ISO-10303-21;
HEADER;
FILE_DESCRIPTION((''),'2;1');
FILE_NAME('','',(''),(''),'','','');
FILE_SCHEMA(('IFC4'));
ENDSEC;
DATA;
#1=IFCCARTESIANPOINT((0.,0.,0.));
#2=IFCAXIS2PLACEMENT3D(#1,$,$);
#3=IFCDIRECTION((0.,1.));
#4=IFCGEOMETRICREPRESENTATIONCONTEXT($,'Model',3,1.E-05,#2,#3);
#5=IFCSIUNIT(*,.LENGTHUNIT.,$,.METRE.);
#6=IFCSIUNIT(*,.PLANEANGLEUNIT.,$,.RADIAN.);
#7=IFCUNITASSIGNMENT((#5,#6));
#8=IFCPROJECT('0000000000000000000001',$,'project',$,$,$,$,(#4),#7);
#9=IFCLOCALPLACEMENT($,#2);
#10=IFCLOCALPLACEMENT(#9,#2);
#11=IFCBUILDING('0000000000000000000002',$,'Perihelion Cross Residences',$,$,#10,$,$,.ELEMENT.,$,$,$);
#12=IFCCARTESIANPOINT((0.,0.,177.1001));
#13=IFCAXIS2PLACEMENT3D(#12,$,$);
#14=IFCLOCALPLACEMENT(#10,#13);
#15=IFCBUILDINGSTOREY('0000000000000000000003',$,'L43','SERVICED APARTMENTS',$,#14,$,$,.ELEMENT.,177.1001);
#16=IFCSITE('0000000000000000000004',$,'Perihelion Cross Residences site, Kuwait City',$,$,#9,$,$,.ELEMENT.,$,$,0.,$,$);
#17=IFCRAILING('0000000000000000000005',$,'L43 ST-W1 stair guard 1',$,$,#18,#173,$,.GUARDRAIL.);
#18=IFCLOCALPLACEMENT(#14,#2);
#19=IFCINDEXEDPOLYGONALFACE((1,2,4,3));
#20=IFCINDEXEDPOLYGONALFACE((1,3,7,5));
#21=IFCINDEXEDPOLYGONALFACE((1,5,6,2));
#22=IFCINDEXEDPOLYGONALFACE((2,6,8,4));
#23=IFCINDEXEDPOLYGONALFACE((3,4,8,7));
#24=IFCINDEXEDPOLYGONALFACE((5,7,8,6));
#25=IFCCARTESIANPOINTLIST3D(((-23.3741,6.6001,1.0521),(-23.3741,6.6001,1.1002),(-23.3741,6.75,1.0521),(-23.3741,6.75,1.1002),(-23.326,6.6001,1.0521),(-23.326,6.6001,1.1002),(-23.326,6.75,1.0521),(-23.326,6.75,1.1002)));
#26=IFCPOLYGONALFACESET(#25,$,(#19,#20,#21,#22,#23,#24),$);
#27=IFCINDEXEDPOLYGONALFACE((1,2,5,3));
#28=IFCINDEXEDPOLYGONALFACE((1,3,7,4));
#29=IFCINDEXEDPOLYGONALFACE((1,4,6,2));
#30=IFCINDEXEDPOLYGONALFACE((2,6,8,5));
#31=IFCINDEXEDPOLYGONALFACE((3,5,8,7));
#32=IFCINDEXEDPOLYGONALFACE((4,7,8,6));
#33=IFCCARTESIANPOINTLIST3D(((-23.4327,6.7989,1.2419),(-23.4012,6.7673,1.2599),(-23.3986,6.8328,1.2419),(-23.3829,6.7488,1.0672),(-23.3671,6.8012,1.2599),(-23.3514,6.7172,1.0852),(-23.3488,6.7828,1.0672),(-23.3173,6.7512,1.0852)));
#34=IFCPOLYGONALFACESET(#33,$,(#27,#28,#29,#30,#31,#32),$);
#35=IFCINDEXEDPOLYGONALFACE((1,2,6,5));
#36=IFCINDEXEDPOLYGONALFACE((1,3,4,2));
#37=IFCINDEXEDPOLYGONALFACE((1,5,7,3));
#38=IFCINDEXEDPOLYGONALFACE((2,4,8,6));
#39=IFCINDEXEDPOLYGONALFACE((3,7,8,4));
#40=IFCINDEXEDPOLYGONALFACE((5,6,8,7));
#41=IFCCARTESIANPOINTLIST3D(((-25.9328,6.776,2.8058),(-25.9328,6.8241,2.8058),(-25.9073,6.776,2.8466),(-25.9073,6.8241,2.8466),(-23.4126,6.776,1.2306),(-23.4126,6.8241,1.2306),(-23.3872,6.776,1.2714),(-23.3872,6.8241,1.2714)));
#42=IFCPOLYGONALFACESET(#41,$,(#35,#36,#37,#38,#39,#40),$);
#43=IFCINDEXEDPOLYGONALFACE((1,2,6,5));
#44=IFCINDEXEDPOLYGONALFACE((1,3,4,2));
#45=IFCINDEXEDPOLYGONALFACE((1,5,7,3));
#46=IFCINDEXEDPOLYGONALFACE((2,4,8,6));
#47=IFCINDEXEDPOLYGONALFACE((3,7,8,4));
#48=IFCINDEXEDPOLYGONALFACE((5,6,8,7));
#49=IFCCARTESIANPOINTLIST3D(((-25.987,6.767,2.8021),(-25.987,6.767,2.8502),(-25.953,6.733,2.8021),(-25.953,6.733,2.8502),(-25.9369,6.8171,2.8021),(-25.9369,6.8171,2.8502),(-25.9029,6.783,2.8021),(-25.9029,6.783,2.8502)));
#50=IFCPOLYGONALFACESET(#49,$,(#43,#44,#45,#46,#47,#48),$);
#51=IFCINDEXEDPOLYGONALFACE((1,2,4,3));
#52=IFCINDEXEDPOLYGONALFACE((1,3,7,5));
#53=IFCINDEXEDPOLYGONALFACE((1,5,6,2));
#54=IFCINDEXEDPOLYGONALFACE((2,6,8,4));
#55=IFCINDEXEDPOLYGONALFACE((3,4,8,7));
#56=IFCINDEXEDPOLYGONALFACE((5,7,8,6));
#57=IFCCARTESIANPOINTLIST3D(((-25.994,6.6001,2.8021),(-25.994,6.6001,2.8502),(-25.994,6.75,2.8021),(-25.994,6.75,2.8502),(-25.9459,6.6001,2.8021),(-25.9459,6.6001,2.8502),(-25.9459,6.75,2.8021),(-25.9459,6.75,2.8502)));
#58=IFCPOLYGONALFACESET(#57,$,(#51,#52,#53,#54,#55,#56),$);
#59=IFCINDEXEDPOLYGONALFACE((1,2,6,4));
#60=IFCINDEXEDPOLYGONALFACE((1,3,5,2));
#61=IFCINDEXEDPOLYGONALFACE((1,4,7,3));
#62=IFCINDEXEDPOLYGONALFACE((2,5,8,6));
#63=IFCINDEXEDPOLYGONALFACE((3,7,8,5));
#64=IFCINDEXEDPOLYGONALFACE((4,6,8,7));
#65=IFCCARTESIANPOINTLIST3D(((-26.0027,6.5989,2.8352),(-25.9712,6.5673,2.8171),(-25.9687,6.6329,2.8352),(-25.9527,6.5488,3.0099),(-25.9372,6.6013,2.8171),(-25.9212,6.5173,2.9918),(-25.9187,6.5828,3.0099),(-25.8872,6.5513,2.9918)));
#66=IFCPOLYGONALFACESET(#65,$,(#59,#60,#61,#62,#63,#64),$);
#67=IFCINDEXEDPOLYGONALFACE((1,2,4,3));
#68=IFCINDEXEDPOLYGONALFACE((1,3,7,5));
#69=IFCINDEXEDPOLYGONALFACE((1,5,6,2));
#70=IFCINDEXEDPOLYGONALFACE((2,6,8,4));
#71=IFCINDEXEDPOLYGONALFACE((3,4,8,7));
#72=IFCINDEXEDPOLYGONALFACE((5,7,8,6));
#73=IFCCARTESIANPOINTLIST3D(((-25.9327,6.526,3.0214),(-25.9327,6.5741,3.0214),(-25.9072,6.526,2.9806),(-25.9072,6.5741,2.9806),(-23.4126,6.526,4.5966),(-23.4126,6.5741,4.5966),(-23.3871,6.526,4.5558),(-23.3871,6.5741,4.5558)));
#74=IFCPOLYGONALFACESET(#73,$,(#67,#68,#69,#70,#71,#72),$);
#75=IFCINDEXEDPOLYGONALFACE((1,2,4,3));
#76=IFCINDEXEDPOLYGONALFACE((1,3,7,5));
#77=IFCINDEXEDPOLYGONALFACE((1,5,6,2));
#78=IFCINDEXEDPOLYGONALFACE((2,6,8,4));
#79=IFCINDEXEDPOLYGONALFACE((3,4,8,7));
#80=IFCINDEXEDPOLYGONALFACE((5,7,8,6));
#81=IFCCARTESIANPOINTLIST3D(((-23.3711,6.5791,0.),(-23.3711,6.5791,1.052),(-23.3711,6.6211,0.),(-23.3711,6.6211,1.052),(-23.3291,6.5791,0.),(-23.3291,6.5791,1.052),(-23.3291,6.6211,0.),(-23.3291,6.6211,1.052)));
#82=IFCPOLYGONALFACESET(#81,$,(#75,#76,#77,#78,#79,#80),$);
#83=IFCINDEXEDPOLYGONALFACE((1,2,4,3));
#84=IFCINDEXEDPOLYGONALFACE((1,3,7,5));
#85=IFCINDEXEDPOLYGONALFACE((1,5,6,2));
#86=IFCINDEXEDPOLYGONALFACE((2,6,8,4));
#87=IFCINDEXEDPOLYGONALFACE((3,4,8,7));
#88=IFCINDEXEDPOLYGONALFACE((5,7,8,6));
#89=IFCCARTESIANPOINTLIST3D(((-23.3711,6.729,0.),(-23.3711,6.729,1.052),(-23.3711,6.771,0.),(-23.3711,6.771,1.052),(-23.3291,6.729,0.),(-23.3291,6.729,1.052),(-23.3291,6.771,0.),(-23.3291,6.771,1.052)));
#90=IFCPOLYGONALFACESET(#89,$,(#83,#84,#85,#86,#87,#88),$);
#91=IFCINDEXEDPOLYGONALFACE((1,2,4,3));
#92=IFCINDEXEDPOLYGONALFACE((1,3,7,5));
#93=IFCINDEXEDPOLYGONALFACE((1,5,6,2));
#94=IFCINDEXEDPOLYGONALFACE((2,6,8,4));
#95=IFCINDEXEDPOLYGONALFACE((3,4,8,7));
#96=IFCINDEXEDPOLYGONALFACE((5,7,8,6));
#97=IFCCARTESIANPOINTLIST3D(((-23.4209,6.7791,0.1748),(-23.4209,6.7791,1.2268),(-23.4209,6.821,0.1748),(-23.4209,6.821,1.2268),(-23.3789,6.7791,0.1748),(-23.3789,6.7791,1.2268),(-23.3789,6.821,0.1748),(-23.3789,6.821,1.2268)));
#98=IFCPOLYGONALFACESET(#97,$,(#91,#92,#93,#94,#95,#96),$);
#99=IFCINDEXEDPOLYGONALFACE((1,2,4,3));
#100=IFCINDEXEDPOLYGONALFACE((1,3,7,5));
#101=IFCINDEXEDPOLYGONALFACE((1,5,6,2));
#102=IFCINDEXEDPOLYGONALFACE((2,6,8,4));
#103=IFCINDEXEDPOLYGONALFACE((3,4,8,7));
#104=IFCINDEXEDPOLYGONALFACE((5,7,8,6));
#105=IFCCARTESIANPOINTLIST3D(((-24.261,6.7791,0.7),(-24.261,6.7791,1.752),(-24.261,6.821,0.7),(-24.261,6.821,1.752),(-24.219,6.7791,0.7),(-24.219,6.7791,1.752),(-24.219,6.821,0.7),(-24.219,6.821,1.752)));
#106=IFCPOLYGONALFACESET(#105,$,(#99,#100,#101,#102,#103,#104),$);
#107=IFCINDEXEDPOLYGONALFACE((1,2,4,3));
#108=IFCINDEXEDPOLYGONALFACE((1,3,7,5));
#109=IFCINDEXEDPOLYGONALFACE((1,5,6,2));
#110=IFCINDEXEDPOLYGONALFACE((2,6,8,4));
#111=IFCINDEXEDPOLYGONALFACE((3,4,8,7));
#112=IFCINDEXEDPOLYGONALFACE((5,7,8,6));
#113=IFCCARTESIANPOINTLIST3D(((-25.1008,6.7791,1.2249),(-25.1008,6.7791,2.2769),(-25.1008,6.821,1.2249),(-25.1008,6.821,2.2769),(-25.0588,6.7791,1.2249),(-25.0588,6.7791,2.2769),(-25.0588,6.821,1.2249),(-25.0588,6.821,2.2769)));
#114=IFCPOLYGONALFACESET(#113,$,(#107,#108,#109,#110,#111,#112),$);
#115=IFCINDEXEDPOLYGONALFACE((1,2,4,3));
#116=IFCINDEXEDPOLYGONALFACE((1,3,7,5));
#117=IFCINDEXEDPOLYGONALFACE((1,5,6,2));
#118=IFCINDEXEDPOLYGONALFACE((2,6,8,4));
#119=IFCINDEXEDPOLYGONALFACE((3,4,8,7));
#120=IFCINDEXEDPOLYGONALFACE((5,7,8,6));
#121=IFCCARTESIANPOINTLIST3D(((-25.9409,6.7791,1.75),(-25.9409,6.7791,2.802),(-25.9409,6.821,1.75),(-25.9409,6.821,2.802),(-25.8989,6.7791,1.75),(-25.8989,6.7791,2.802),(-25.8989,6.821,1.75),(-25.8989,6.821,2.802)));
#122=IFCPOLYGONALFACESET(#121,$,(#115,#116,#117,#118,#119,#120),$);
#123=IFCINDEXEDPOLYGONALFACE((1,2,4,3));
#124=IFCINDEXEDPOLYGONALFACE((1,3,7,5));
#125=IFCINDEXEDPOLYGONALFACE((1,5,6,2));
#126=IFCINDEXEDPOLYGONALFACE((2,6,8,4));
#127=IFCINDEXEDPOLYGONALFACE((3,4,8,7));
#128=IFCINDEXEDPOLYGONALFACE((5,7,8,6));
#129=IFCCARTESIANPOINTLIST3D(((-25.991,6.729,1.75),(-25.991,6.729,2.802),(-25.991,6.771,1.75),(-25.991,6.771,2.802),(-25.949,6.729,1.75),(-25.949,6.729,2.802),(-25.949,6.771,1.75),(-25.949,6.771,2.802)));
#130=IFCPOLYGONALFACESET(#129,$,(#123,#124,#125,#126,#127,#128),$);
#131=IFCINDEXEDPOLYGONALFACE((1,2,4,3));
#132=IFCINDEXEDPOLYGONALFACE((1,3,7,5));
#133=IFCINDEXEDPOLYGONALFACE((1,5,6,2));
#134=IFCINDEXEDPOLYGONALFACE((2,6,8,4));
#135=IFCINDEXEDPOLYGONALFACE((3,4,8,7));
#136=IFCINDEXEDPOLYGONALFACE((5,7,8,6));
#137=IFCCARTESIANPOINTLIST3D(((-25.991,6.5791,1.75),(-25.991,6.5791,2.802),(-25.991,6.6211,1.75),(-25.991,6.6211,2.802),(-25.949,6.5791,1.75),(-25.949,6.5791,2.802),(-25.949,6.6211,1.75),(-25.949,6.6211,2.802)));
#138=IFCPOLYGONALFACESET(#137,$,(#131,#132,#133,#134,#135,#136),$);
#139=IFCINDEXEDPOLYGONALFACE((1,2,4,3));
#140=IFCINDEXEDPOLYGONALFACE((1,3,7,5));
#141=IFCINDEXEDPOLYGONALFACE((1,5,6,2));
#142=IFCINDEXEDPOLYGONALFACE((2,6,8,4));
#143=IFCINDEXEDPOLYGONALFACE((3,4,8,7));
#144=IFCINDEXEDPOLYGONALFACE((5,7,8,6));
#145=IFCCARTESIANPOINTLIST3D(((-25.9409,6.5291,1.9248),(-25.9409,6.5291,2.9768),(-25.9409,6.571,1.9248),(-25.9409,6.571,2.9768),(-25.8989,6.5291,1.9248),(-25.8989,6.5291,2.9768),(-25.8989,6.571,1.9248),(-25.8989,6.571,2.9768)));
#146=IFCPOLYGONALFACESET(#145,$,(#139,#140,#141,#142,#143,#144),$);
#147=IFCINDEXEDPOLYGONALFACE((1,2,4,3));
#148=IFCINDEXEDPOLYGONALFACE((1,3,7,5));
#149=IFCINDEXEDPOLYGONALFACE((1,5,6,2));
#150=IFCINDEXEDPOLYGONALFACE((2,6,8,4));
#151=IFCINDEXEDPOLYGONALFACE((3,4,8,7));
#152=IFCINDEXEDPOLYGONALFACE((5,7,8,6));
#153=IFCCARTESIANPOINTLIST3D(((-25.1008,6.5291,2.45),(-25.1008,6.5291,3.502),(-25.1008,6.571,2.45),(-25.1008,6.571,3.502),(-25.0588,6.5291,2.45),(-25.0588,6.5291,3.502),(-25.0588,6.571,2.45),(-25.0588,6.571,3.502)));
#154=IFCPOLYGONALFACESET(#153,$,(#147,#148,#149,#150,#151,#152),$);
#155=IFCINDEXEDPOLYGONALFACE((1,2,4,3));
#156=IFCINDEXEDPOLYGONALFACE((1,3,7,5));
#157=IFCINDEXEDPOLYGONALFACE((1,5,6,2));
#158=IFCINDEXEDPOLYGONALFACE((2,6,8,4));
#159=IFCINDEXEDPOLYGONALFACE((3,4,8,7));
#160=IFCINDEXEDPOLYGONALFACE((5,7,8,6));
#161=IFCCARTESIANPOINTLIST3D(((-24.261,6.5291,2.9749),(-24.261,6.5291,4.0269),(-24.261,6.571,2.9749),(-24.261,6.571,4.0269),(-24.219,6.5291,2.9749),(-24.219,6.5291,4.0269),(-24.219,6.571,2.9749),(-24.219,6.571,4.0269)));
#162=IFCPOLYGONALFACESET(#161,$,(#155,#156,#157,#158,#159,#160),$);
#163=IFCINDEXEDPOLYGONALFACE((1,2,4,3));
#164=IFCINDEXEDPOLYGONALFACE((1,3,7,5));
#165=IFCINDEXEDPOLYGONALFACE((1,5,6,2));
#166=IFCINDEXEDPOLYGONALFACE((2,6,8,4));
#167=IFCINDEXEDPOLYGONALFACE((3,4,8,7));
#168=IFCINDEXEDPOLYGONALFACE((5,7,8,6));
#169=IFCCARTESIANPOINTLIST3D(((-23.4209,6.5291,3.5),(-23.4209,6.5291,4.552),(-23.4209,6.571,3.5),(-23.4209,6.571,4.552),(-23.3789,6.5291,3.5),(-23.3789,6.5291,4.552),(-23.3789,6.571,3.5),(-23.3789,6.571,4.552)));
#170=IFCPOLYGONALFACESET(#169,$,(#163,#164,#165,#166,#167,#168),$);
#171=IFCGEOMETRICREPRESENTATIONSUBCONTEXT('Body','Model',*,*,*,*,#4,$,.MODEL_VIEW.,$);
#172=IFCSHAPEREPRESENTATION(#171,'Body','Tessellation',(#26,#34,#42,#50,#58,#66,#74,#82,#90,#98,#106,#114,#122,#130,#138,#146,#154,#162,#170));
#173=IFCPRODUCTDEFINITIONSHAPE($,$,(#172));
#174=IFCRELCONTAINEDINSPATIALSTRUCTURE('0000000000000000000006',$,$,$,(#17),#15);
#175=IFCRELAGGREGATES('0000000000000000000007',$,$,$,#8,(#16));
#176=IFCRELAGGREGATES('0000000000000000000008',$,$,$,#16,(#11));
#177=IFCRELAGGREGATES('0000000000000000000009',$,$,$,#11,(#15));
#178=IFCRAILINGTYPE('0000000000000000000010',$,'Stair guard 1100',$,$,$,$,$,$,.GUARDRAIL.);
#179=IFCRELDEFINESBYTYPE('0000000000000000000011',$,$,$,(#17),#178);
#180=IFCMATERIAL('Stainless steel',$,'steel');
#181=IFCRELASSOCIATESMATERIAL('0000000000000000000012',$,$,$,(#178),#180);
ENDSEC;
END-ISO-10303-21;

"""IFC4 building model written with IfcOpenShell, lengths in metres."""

from ifc_helpers import new_model, si_unit, direction, frame, origin, origin_2d, place, context, subcontext, project, spatial, rectangle, extrude, material, type_object, element, save


model = new_model("IFC4")

# Units and contexts
model_context = context("Model", 3, precision=1e-05, world=origin(), true_north=direction((0.0, 1.0)))
body_context = subcontext(model_context, "Body", "Model", "MODEL_VIEW")
ifc_project = project(units=[si_unit("LENGTHUNIT", "METRE"), si_unit("PLANEANGLEUNIT", "RADIAN")], contexts=[model_context])

# Site, building, storey
site_placement = place(None, origin())
site = spatial("IfcSite", under=ifc_project, at=site_placement, Name="Perihelion Cross Residences site, Kuwait City", CompositionType="ELEMENT", RefElevation=0.0)
building_placement = place(site_placement, origin())
building = spatial("IfcBuilding", under=site, at=building_placement, Name="Perihelion Cross Residences", CompositionType="ELEMENT")
storey_placement = place(building_placement, frame((0.0, 0.0, 177.1001)))
storey = spatial("IfcBuildingStorey", under=building, at=storey_placement, Name="L43", Description="SERVICED APARTMENTS", CompositionType="ELEMENT", Elevation=177.1001)

# Railing
ifc_material_1 = material(Name="Stainless steel", Category="steel")
railing_type_1 = type_object("IfcRailingType", Name="Stair guard 1100", PredefinedType="GUARDRAIL", material=ifc_material_1)
railing_1_placement = place(storey_placement, frame((-23.3501, 6.6001, 0.0)))
element("IfcRailing", 1, at=railing_1_placement, inside=storey, type_object=railing_type_1, Name="L43 ST-W1 stair guard 1", PredefinedType="GUARDRAIL", context=body_context, shape_type="SweptSolid", body=[
    extrude(rectangle(XDim=0.0481, YDim=0.0481, at=origin_2d()), frame((0.0, 0.0, 1.0762), z_axis=(0.0, 1.0, 0.0), x_axis=(-1.0, 0.0, 0.0)), (0.0, 0.0, 1.0), 0.1499),
    extrude(rectangle(XDim=0.0481, YDim=0.0481, at=origin_2d()), frame((0.0, 0.1499, 1.0762), z_axis=(-0.264179, 0.265474, 0.927218), x_axis=(-0.708834, -0.705376, 0.0)), (0.0, 0.0, 1.0), 0.1885),
    extrude(rectangle(XDim=0.0481, YDim=0.0481, at=origin_2d()), frame((-0.0498, 0.2, 1.251), z_axis=(-0.847971, 0.0, 0.530043), x_axis=(0.0, -1.0, 0.0)), (0.0, 0.0, 1.0), 2.9719),
    extrude(rectangle(XDim=0.0481, YDim=0.0481, at=origin_2d()), frame((-2.5698, 0.2, 2.8262), z_axis=(-0.707107, -0.707107, 0.0), x_axis=(0.707107, -0.707107, 0.0)), (0.0, 0.0, 1.0), 0.0708),
    extrude(rectangle(XDim=0.0481, YDim=0.0481, at=origin_2d()), frame((-2.6199, 0.1499, 2.8262), z_axis=(0.0, -1.0, 0.0), x_axis=(1.0, 0.0, 0.0)), (0.0, 0.0, 1.0), 0.1499),
    extrude(rectangle(XDim=0.0481, YDim=0.0481, at=origin_2d()), frame((-2.6199, 0.0, 2.8262), z_axis=(0.265383, -0.265383, 0.9269), x_axis=(0.707107, 0.707107, 0.0)), (0.0, 0.0, 1.0), 0.1885),
    extrude(rectangle(XDim=0.0481, YDim=0.0481, at=origin_2d()), frame((-2.5698, -0.05, 3.001), z_axis=(0.847971, 0.0, 0.530043), x_axis=(0.0, 1.0, 0.0)), (0.0, 0.0, 1.0), 2.9719),
    extrude(rectangle(XDim=0.042, YDim=0.042, at=origin_2d()), origin(), (0.0, 0.0, 1.0), 1.052),
    extrude(rectangle(XDim=0.042, YDim=0.042, at=origin_2d()), frame((0.0, 0.1499, 0.0)), (0.0, 0.0, 1.0), 1.052),
    extrude(rectangle(XDim=0.042, YDim=0.042, at=origin_2d()), frame((-0.0498, 0.2, 0.1748)), (0.0, 0.0, 1.0), 1.052),
    extrude(rectangle(XDim=0.042, YDim=0.042, at=origin_2d()), frame((-0.8899, 0.2, 0.7)), (0.0, 0.0, 1.0), 1.052),
    extrude(rectangle(XDim=0.042, YDim=0.042, at=origin_2d()), frame((-1.7297, 0.2, 1.2249)), (0.0, 0.0, 1.0), 1.052),
    extrude(rectangle(XDim=0.042, YDim=0.042, at=origin_2d()), frame((-2.5698, 0.2, 1.75)), (0.0, 0.0, 1.0), 1.052),
    extrude(rectangle(XDim=0.042, YDim=0.042, at=origin_2d()), frame((-2.6199, 0.1499, 1.75)), (0.0, 0.0, 1.0), 1.052),
    extrude(rectangle(XDim=0.042, YDim=0.042, at=origin_2d()), frame((-2.6199, 0.0, 1.75)), (0.0, 0.0, 1.0), 1.052),
    extrude(rectangle(XDim=0.042, YDim=0.042, at=origin_2d()), frame((-2.5698, -0.05, 1.9248)), (0.0, 0.0, 1.0), 1.052),
    extrude(rectangle(XDim=0.042, YDim=0.042, at=origin_2d()), frame((-1.7297, -0.05, 2.45)), (0.0, 0.0, 1.0), 1.052),
    extrude(rectangle(XDim=0.042, YDim=0.042, at=origin_2d()), frame((-0.8899, -0.05, 2.9749)), (0.0, 0.0, 1.0), 1.052),
    extrude(rectangle(XDim=0.042, YDim=0.042, at=origin_2d()), frame((-0.0498, -0.05, 3.5)), (0.0, 0.0, 1.0), 1.052),
])

save(model, "model.ifc")
